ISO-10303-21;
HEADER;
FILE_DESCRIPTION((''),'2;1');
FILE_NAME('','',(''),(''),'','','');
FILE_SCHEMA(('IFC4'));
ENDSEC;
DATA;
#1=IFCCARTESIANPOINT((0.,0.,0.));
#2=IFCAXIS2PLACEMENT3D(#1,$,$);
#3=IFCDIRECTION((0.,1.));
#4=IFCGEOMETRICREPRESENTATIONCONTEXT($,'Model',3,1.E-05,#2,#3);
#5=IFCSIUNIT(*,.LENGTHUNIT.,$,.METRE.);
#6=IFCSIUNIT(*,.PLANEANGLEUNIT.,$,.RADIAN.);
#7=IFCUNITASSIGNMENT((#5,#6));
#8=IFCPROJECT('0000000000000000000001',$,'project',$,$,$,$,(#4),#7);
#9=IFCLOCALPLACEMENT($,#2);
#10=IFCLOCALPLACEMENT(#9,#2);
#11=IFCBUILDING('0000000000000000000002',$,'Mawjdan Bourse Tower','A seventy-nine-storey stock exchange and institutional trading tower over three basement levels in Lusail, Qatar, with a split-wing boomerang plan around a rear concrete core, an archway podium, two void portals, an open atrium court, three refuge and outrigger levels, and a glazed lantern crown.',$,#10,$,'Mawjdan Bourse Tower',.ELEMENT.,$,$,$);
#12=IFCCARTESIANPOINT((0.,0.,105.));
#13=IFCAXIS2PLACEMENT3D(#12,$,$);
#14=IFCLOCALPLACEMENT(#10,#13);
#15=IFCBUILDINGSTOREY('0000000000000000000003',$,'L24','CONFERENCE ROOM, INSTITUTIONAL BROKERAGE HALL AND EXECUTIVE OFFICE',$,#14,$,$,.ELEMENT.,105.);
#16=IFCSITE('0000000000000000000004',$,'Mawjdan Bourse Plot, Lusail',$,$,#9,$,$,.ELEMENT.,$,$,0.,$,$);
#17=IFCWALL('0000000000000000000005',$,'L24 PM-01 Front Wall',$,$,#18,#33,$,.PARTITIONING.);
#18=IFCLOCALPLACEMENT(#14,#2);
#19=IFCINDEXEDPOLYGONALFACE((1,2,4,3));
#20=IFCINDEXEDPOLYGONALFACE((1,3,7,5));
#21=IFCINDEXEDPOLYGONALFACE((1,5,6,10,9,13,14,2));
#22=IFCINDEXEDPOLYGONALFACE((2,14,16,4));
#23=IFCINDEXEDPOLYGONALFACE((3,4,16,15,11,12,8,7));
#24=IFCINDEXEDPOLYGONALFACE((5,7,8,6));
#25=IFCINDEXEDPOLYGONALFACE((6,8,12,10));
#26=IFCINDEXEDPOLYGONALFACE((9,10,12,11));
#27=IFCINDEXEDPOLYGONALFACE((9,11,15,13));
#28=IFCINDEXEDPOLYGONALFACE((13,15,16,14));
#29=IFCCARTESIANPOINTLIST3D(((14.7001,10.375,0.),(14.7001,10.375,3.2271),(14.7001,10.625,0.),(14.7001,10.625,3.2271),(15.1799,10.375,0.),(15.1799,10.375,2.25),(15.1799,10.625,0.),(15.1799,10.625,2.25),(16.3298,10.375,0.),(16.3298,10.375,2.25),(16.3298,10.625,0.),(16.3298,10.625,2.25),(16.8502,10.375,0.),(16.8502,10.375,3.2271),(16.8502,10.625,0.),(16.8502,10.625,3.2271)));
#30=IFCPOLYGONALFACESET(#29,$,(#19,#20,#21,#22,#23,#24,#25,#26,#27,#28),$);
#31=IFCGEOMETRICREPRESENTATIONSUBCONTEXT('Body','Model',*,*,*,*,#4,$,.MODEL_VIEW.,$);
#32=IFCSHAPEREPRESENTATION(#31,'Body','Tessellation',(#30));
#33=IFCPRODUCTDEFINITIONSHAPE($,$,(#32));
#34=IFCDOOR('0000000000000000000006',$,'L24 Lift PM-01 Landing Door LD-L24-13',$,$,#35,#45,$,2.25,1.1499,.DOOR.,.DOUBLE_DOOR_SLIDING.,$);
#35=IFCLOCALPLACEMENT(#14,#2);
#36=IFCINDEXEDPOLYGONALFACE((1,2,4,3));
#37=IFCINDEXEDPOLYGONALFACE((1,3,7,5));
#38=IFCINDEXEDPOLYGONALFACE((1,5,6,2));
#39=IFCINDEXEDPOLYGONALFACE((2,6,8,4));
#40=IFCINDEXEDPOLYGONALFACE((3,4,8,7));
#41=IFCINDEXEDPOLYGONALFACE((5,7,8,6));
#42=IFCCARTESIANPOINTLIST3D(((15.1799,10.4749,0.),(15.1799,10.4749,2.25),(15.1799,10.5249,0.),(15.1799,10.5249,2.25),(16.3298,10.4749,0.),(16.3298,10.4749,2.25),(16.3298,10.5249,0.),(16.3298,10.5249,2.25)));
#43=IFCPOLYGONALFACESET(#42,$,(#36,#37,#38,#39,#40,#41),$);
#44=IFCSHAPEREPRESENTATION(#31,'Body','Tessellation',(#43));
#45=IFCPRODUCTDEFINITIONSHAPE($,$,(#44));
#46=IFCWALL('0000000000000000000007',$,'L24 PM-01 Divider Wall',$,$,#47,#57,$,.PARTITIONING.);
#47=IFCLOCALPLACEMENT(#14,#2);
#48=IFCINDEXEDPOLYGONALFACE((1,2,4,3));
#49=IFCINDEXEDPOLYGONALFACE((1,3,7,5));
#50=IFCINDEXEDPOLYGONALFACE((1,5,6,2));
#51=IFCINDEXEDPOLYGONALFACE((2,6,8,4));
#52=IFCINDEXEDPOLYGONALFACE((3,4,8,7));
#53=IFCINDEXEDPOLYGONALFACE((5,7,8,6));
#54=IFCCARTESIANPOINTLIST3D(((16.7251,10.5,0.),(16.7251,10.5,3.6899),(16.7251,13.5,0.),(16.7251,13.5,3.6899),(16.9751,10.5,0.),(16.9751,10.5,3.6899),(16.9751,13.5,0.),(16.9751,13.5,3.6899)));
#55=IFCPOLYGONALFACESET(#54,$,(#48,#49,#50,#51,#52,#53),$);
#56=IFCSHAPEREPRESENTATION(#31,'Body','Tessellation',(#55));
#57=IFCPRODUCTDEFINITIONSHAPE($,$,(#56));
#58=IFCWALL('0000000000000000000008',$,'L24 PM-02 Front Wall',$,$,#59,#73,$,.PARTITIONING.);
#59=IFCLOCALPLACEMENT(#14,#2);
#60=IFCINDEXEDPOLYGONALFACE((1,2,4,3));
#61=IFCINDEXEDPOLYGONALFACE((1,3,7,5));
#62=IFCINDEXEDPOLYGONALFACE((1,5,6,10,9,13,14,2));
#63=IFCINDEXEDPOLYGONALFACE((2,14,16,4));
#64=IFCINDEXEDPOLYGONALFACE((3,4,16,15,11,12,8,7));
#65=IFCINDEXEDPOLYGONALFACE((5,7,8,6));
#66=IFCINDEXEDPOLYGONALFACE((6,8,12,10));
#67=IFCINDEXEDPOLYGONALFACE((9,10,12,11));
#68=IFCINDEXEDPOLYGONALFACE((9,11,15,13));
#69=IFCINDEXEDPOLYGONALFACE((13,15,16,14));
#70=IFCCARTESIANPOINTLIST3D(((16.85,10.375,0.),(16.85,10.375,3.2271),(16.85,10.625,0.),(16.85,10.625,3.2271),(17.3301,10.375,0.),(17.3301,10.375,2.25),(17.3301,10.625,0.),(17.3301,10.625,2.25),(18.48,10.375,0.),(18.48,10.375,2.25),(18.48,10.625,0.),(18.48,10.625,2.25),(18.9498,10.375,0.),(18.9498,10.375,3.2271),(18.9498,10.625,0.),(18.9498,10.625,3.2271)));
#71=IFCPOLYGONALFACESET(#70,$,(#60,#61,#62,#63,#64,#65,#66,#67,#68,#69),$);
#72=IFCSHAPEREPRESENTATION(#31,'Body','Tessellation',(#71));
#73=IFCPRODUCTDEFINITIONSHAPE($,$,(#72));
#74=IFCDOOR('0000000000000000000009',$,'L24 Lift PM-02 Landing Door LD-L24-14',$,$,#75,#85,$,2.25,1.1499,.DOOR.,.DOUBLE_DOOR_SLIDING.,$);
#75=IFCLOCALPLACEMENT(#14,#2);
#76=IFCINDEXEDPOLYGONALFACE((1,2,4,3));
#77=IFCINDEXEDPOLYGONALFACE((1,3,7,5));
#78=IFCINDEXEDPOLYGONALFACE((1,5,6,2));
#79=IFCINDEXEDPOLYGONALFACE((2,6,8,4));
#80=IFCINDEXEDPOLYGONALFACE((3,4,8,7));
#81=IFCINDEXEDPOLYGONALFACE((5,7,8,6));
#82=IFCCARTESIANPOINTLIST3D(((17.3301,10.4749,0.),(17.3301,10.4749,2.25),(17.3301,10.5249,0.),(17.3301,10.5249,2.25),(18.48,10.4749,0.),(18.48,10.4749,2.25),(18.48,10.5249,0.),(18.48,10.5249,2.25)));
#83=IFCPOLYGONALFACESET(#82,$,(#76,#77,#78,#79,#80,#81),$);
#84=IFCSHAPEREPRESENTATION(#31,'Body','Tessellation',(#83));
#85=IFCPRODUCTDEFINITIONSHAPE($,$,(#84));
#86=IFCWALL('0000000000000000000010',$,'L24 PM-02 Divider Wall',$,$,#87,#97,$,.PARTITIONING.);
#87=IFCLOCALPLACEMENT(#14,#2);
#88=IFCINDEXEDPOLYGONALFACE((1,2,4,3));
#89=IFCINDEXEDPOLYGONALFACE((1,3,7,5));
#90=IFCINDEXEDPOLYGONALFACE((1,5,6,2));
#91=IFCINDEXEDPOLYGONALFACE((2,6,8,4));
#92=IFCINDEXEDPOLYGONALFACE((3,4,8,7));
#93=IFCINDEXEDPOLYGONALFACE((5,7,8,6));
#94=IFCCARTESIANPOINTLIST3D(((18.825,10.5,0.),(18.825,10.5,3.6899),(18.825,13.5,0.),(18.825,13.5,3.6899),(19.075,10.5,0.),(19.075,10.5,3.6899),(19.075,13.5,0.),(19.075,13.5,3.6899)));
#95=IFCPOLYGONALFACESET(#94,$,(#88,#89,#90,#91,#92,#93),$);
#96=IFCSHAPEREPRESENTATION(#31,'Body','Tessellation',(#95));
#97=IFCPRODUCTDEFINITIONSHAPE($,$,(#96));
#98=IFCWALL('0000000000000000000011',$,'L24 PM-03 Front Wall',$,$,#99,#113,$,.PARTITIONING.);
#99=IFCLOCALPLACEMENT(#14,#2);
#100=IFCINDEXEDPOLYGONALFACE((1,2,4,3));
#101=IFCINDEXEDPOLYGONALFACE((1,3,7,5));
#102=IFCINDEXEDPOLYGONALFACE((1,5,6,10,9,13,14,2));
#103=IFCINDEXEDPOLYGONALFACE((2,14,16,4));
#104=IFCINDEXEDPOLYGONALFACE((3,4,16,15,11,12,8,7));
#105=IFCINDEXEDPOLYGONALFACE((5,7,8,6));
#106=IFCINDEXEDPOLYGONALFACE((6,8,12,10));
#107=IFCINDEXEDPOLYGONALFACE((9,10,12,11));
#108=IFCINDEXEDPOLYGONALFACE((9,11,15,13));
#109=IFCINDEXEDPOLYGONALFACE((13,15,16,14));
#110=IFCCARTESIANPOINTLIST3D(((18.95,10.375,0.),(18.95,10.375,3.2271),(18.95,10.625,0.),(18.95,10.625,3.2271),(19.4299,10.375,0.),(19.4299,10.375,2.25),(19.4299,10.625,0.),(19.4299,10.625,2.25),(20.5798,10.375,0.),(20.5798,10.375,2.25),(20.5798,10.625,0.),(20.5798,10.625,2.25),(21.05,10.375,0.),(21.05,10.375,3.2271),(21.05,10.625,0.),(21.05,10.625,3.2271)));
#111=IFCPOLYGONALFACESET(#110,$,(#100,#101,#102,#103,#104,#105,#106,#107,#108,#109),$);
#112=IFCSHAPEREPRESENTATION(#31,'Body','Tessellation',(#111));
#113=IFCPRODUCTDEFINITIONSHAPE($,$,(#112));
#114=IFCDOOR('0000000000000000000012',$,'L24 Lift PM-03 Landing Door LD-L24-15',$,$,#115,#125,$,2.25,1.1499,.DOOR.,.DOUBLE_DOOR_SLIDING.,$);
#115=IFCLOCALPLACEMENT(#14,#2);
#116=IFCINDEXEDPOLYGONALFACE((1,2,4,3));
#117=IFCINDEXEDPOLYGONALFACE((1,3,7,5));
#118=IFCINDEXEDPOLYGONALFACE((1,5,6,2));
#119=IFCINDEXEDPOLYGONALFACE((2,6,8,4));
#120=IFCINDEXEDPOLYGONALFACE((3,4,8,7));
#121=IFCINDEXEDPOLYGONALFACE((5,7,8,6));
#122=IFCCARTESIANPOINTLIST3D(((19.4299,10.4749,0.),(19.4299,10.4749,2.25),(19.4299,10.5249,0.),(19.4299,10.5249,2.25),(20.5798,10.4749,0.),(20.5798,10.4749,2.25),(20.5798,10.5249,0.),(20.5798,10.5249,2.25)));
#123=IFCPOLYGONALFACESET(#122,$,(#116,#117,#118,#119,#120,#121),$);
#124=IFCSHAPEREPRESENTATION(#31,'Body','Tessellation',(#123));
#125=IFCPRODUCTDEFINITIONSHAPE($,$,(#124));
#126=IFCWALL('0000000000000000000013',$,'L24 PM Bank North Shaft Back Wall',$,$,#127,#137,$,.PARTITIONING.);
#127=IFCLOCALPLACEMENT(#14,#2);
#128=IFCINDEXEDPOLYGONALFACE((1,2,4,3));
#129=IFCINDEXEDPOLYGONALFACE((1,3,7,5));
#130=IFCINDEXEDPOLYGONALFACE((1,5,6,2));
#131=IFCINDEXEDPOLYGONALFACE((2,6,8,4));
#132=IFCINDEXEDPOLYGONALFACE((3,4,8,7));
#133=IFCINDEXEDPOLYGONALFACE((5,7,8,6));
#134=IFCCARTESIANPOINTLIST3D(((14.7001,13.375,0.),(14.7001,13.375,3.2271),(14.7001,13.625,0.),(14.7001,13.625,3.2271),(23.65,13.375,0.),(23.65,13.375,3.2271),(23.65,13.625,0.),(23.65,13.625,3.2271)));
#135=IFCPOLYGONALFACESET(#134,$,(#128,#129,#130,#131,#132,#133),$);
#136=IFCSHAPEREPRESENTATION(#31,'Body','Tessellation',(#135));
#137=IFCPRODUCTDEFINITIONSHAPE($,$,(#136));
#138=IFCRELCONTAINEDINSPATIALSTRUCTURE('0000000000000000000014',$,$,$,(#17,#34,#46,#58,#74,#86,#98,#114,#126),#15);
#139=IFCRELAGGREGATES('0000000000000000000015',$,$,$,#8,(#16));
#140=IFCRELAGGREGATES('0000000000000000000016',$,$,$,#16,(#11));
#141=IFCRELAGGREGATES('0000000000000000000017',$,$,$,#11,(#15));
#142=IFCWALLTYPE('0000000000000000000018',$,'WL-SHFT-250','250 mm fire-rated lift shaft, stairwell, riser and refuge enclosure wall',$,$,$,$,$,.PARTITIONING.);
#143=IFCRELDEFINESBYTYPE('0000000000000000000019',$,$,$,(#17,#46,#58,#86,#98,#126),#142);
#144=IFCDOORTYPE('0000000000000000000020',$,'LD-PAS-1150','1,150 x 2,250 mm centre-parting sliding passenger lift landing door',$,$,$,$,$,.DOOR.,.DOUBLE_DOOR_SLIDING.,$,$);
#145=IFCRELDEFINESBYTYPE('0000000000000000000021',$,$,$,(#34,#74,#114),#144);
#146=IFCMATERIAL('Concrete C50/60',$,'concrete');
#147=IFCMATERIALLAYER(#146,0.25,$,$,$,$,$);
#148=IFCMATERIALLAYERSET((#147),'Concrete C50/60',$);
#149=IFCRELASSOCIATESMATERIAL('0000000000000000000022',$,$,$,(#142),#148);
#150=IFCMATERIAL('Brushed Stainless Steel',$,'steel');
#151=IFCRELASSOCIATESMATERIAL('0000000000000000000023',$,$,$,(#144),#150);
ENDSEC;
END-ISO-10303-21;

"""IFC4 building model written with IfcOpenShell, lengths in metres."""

from ifc_helpers import new_model, si_unit, direction, frame, frame_2d, origin, place, context, subcontext, project, spatial, rectangle, extrude, material, layer, layer_set, type_object, element, fill, save


model = new_model("IFC4")

# Units and contexts
model_context = context("Model", 3, precision=1e-05, world=origin(), true_north=direction((0.0, 1.0)))
body_context = subcontext(model_context, "Body", "Model", "MODEL_VIEW")
ifc_project = project(units=[si_unit("LENGTHUNIT", "METRE"), si_unit("PLANEANGLEUNIT", "RADIAN")], contexts=[model_context])

# Site, building, storey
site_placement = place(None, origin())
site = spatial("IfcSite", under=ifc_project, at=site_placement, Name="Mawjdan Bourse Plot, Lusail", CompositionType="ELEMENT", RefElevation=0.0)
building_placement = place(site_placement, origin())
building = spatial("IfcBuilding", under=site, at=building_placement, Name="Mawjdan Bourse Tower", Description="A seventy-nine-storey stock exchange and institutional trading tower over three basement levels in Lusail, Qatar, with a split-wing boomerang plan around a rear concrete core, an archway podium, two void portals, an open atrium court, three refuge and outrigger levels, and a glazed lantern crown.", LongName="Mawjdan Bourse Tower", CompositionType="ELEMENT")
storey_placement = place(building_placement, frame((0.0, 0.0, 105.0)))
storey = spatial("IfcBuildingStorey", under=building, at=storey_placement, Name="L24", Description="CONFERENCE ROOM, INSTITUTIONAL BROKERAGE HALL AND EXECUTIVE OFFICE", CompositionType="ELEMENT", Elevation=105.0)

# Shared definitions
ifc_material_1 = material(Name="Concrete C50/60", Category="concrete")
ifc_layer_1 = layer(ifc_material_1, 0.25)
ifc_layer_set_1 = layer_set([ifc_layer_1], Name="Concrete C50/60")
wall_type_1 = type_object("IfcWallType", Name="WL-SHFT-250", Description="250 mm fire-rated lift shaft, stairwell, riser and refuge enclosure wall", PredefinedType="PARTITIONING", material=ifc_layer_set_1)

# Wall, opening, door
wall_1_placement = place(storey_placement, frame((14.7, 10.5, 0.0), z_axis=(0.0, 0.0, 1.0), x_axis=(1.0, 0.0, 0.0)))
wall_1 = element("IfcWall", 1, at=wall_1_placement, inside=storey, type_object=wall_type_1, Name="L24 PM-01 Front Wall", PredefinedType="PARTITIONING", context=body_context, shape_type="SweptSolid", body=[
    extrude(rectangle(XDim=2.1501, YDim=0.25, at=frame_2d((1.0752, 0.0))), origin(), (0.0, 0.0, 1.0), 3.2271),
])
opening_1_placement = place(wall_1_placement, frame((0.48, 0.0, 0.0)))
opening_1 = element("IfcOpeningElement", 2, at=opening_1_placement, cuts=wall_1, PredefinedType="OPENING", context=body_context, shape_type="SweptSolid", body=[
    extrude(rectangle(XDim=1.1499, YDim=2.25, at=frame_2d((0.575, 1.125))), frame((0.0, 0.135, 0.0), z_axis=(0.0, -1.0, 0.0), x_axis=(1.0, 0.0, 0.0)), (0.0, 0.0, 1.0), 0.27),
])
ifc_material_2 = material(Name="Brushed Stainless Steel", Category="steel")
door_type_1 = type_object("IfcDoorType", Name="LD-PAS-1150", Description="1,150 x 2,250 mm centre-parting sliding passenger lift landing door", OperationType="DOUBLE_DOOR_SLIDING", PredefinedType="DOOR", material=ifc_material_2)
door_1_placement = place(opening_1_placement, origin())
door_1 = element("IfcDoor", 3, at=door_1_placement, inside=storey, type_object=door_type_1, Name="L24 Lift PM-01 Landing Door LD-L24-13", OperationType="DOUBLE_DOOR_SLIDING", OverallHeight=2.25, OverallWidth=1.1499, PredefinedType="DOOR", context=body_context, shape_type="SweptSolid", body=[
    extrude(rectangle(XDim=1.1499, YDim=2.25, at=frame_2d((0.575, 1.125))), frame((0.0, 0.0249, 0.0), z_axis=(0.0, -1.0, 0.0), x_axis=(1.0, 0.0, 0.0)), (0.0, 0.0, 1.0), 0.05),
])
fill(opening_1, door_1)

# Wall
wall_2_placement = place(storey_placement, frame((16.8501, 10.5, 0.0), z_axis=(0.0, 0.0, 1.0), x_axis=(0.0, 1.0, 0.0)))
element("IfcWall", 4, at=wall_2_placement, inside=storey, type_object=wall_type_1, Name="L24 PM-01 Divider Wall", PredefinedType="PARTITIONING", context=body_context, shape_type="SweptSolid", body=[
    extrude(rectangle(XDim=3.0, YDim=0.25, at=frame_2d((1.5, 0.0))), origin(), (0.0, 0.0, 1.0), 3.6899),
])

# Wall, opening, door
wall_3_placement = place(storey_placement, frame((16.8501, 10.5, 0.0), z_axis=(0.0, 0.0, 1.0), x_axis=(1.0, 0.0, 0.0)))
wall_3 = element("IfcWall", 5, at=wall_3_placement, inside=storey, type_object=wall_type_1, Name="L24 PM-02 Front Wall", PredefinedType="PARTITIONING", context=body_context, shape_type="SweptSolid", body=[
    extrude(rectangle(XDim=2.0999, YDim=0.25, at=frame_2d((1.0498, 0.0))), origin(), (0.0, 0.0, 1.0), 3.2271),
])
opening_2_placement = place(wall_3_placement, frame((0.48, 0.0, 0.0)))
opening_2 = element("IfcOpeningElement", 6, at=opening_2_placement, cuts=wall_3, PredefinedType="OPENING", context=body_context, shape_type="SweptSolid", body=[
    extrude(rectangle(XDim=1.1499, YDim=2.25, at=frame_2d((0.575, 1.125))), frame((0.0, 0.135, 0.0), z_axis=(0.0, -1.0, 0.0), x_axis=(1.0, 0.0, 0.0)), (0.0, 0.0, 1.0), 0.27),
])
door_2_placement = place(opening_2_placement, origin())
door_2 = element("IfcDoor", 7, at=door_2_placement, inside=storey, type_object=door_type_1, Name="L24 Lift PM-02 Landing Door LD-L24-14", OperationType="DOUBLE_DOOR_SLIDING", OverallHeight=2.25, OverallWidth=1.1499, PredefinedType="DOOR", context=body_context, shape_type="SweptSolid", body=[
    extrude(rectangle(XDim=1.1499, YDim=2.25, at=frame_2d((0.575, 1.125))), frame((0.0, 0.0249, 0.0), z_axis=(0.0, -1.0, 0.0), x_axis=(1.0, 0.0, 0.0)), (0.0, 0.0, 1.0), 0.05),
])
fill(opening_2, door_2)

# Wall
wall_4_placement = place(storey_placement, frame((18.95, 10.5, 0.0), z_axis=(0.0, 0.0, 1.0), x_axis=(0.0, 1.0, 0.0)))
element("IfcWall", 8, at=wall_4_placement, inside=storey, type_object=wall_type_1, Name="L24 PM-02 Divider Wall", PredefinedType="PARTITIONING", context=body_context, shape_type="SweptSolid", body=[
    extrude(rectangle(XDim=3.0, YDim=0.25, at=frame_2d((1.5, 0.0))), origin(), (0.0, 0.0, 1.0), 3.6899),
])

# Wall, opening, door
wall_5_placement = place(storey_placement, frame((18.95, 10.5, 0.0), z_axis=(0.0, 0.0, 1.0), x_axis=(1.0, 0.0, 0.0)))
wall_5 = element("IfcWall", 9, at=wall_5_placement, inside=storey, type_object=wall_type_1, Name="L24 PM-03 Front Wall", PredefinedType="PARTITIONING", context=body_context, shape_type="SweptSolid", body=[
    extrude(rectangle(XDim=2.1001, YDim=0.25, at=frame_2d((1.05, 0.0))), origin(), (0.0, 0.0, 1.0), 3.2271),
])
opening_3_placement = place(wall_5_placement, frame((0.48, 0.0, 0.0)))
opening_3 = element("IfcOpeningElement", 10, at=opening_3_placement, cuts=wall_5, PredefinedType="OPENING", context=body_context, shape_type="SweptSolid", body=[
    extrude(rectangle(XDim=1.1499, YDim=2.25, at=frame_2d((0.575, 1.125))), frame((0.0, 0.135, 0.0), z_axis=(0.0, -1.0, 0.0), x_axis=(1.0, 0.0, 0.0)), (0.0, 0.0, 1.0), 0.27),
])
door_3_placement = place(opening_3_placement, origin())
door_3 = element("IfcDoor", 11, at=door_3_placement, inside=storey, type_object=door_type_1, Name="L24 Lift PM-03 Landing Door LD-L24-15", OperationType="DOUBLE_DOOR_SLIDING", OverallHeight=2.25, OverallWidth=1.1499, PredefinedType="DOOR", context=body_context, shape_type="SweptSolid", body=[
    extrude(rectangle(XDim=1.1499, YDim=2.25, at=frame_2d((0.575, 1.125))), frame((0.0, 0.0249, 0.0), z_axis=(0.0, -1.0, 0.0), x_axis=(1.0, 0.0, 0.0)), (0.0, 0.0, 1.0), 0.05),
])
fill(opening_3, door_3)

# Wall
wall_6_placement = place(storey_placement, frame((14.7, 13.5, 0.0), z_axis=(0.0, 0.0, 1.0), x_axis=(1.0, 0.0, 0.0)))
element("IfcWall", 12, at=wall_6_placement, inside=storey, type_object=wall_type_1, Name="L24 PM Bank North Shaft Back Wall", PredefinedType="PARTITIONING", context=body_context, shape_type="SweptSolid", body=[
    extrude(rectangle(XDim=8.95, YDim=0.25, at=frame_2d((4.4751, 0.0))), origin(), (0.0, 0.0, 1.0), 3.2271),
])

save(model, "model.ifc")
